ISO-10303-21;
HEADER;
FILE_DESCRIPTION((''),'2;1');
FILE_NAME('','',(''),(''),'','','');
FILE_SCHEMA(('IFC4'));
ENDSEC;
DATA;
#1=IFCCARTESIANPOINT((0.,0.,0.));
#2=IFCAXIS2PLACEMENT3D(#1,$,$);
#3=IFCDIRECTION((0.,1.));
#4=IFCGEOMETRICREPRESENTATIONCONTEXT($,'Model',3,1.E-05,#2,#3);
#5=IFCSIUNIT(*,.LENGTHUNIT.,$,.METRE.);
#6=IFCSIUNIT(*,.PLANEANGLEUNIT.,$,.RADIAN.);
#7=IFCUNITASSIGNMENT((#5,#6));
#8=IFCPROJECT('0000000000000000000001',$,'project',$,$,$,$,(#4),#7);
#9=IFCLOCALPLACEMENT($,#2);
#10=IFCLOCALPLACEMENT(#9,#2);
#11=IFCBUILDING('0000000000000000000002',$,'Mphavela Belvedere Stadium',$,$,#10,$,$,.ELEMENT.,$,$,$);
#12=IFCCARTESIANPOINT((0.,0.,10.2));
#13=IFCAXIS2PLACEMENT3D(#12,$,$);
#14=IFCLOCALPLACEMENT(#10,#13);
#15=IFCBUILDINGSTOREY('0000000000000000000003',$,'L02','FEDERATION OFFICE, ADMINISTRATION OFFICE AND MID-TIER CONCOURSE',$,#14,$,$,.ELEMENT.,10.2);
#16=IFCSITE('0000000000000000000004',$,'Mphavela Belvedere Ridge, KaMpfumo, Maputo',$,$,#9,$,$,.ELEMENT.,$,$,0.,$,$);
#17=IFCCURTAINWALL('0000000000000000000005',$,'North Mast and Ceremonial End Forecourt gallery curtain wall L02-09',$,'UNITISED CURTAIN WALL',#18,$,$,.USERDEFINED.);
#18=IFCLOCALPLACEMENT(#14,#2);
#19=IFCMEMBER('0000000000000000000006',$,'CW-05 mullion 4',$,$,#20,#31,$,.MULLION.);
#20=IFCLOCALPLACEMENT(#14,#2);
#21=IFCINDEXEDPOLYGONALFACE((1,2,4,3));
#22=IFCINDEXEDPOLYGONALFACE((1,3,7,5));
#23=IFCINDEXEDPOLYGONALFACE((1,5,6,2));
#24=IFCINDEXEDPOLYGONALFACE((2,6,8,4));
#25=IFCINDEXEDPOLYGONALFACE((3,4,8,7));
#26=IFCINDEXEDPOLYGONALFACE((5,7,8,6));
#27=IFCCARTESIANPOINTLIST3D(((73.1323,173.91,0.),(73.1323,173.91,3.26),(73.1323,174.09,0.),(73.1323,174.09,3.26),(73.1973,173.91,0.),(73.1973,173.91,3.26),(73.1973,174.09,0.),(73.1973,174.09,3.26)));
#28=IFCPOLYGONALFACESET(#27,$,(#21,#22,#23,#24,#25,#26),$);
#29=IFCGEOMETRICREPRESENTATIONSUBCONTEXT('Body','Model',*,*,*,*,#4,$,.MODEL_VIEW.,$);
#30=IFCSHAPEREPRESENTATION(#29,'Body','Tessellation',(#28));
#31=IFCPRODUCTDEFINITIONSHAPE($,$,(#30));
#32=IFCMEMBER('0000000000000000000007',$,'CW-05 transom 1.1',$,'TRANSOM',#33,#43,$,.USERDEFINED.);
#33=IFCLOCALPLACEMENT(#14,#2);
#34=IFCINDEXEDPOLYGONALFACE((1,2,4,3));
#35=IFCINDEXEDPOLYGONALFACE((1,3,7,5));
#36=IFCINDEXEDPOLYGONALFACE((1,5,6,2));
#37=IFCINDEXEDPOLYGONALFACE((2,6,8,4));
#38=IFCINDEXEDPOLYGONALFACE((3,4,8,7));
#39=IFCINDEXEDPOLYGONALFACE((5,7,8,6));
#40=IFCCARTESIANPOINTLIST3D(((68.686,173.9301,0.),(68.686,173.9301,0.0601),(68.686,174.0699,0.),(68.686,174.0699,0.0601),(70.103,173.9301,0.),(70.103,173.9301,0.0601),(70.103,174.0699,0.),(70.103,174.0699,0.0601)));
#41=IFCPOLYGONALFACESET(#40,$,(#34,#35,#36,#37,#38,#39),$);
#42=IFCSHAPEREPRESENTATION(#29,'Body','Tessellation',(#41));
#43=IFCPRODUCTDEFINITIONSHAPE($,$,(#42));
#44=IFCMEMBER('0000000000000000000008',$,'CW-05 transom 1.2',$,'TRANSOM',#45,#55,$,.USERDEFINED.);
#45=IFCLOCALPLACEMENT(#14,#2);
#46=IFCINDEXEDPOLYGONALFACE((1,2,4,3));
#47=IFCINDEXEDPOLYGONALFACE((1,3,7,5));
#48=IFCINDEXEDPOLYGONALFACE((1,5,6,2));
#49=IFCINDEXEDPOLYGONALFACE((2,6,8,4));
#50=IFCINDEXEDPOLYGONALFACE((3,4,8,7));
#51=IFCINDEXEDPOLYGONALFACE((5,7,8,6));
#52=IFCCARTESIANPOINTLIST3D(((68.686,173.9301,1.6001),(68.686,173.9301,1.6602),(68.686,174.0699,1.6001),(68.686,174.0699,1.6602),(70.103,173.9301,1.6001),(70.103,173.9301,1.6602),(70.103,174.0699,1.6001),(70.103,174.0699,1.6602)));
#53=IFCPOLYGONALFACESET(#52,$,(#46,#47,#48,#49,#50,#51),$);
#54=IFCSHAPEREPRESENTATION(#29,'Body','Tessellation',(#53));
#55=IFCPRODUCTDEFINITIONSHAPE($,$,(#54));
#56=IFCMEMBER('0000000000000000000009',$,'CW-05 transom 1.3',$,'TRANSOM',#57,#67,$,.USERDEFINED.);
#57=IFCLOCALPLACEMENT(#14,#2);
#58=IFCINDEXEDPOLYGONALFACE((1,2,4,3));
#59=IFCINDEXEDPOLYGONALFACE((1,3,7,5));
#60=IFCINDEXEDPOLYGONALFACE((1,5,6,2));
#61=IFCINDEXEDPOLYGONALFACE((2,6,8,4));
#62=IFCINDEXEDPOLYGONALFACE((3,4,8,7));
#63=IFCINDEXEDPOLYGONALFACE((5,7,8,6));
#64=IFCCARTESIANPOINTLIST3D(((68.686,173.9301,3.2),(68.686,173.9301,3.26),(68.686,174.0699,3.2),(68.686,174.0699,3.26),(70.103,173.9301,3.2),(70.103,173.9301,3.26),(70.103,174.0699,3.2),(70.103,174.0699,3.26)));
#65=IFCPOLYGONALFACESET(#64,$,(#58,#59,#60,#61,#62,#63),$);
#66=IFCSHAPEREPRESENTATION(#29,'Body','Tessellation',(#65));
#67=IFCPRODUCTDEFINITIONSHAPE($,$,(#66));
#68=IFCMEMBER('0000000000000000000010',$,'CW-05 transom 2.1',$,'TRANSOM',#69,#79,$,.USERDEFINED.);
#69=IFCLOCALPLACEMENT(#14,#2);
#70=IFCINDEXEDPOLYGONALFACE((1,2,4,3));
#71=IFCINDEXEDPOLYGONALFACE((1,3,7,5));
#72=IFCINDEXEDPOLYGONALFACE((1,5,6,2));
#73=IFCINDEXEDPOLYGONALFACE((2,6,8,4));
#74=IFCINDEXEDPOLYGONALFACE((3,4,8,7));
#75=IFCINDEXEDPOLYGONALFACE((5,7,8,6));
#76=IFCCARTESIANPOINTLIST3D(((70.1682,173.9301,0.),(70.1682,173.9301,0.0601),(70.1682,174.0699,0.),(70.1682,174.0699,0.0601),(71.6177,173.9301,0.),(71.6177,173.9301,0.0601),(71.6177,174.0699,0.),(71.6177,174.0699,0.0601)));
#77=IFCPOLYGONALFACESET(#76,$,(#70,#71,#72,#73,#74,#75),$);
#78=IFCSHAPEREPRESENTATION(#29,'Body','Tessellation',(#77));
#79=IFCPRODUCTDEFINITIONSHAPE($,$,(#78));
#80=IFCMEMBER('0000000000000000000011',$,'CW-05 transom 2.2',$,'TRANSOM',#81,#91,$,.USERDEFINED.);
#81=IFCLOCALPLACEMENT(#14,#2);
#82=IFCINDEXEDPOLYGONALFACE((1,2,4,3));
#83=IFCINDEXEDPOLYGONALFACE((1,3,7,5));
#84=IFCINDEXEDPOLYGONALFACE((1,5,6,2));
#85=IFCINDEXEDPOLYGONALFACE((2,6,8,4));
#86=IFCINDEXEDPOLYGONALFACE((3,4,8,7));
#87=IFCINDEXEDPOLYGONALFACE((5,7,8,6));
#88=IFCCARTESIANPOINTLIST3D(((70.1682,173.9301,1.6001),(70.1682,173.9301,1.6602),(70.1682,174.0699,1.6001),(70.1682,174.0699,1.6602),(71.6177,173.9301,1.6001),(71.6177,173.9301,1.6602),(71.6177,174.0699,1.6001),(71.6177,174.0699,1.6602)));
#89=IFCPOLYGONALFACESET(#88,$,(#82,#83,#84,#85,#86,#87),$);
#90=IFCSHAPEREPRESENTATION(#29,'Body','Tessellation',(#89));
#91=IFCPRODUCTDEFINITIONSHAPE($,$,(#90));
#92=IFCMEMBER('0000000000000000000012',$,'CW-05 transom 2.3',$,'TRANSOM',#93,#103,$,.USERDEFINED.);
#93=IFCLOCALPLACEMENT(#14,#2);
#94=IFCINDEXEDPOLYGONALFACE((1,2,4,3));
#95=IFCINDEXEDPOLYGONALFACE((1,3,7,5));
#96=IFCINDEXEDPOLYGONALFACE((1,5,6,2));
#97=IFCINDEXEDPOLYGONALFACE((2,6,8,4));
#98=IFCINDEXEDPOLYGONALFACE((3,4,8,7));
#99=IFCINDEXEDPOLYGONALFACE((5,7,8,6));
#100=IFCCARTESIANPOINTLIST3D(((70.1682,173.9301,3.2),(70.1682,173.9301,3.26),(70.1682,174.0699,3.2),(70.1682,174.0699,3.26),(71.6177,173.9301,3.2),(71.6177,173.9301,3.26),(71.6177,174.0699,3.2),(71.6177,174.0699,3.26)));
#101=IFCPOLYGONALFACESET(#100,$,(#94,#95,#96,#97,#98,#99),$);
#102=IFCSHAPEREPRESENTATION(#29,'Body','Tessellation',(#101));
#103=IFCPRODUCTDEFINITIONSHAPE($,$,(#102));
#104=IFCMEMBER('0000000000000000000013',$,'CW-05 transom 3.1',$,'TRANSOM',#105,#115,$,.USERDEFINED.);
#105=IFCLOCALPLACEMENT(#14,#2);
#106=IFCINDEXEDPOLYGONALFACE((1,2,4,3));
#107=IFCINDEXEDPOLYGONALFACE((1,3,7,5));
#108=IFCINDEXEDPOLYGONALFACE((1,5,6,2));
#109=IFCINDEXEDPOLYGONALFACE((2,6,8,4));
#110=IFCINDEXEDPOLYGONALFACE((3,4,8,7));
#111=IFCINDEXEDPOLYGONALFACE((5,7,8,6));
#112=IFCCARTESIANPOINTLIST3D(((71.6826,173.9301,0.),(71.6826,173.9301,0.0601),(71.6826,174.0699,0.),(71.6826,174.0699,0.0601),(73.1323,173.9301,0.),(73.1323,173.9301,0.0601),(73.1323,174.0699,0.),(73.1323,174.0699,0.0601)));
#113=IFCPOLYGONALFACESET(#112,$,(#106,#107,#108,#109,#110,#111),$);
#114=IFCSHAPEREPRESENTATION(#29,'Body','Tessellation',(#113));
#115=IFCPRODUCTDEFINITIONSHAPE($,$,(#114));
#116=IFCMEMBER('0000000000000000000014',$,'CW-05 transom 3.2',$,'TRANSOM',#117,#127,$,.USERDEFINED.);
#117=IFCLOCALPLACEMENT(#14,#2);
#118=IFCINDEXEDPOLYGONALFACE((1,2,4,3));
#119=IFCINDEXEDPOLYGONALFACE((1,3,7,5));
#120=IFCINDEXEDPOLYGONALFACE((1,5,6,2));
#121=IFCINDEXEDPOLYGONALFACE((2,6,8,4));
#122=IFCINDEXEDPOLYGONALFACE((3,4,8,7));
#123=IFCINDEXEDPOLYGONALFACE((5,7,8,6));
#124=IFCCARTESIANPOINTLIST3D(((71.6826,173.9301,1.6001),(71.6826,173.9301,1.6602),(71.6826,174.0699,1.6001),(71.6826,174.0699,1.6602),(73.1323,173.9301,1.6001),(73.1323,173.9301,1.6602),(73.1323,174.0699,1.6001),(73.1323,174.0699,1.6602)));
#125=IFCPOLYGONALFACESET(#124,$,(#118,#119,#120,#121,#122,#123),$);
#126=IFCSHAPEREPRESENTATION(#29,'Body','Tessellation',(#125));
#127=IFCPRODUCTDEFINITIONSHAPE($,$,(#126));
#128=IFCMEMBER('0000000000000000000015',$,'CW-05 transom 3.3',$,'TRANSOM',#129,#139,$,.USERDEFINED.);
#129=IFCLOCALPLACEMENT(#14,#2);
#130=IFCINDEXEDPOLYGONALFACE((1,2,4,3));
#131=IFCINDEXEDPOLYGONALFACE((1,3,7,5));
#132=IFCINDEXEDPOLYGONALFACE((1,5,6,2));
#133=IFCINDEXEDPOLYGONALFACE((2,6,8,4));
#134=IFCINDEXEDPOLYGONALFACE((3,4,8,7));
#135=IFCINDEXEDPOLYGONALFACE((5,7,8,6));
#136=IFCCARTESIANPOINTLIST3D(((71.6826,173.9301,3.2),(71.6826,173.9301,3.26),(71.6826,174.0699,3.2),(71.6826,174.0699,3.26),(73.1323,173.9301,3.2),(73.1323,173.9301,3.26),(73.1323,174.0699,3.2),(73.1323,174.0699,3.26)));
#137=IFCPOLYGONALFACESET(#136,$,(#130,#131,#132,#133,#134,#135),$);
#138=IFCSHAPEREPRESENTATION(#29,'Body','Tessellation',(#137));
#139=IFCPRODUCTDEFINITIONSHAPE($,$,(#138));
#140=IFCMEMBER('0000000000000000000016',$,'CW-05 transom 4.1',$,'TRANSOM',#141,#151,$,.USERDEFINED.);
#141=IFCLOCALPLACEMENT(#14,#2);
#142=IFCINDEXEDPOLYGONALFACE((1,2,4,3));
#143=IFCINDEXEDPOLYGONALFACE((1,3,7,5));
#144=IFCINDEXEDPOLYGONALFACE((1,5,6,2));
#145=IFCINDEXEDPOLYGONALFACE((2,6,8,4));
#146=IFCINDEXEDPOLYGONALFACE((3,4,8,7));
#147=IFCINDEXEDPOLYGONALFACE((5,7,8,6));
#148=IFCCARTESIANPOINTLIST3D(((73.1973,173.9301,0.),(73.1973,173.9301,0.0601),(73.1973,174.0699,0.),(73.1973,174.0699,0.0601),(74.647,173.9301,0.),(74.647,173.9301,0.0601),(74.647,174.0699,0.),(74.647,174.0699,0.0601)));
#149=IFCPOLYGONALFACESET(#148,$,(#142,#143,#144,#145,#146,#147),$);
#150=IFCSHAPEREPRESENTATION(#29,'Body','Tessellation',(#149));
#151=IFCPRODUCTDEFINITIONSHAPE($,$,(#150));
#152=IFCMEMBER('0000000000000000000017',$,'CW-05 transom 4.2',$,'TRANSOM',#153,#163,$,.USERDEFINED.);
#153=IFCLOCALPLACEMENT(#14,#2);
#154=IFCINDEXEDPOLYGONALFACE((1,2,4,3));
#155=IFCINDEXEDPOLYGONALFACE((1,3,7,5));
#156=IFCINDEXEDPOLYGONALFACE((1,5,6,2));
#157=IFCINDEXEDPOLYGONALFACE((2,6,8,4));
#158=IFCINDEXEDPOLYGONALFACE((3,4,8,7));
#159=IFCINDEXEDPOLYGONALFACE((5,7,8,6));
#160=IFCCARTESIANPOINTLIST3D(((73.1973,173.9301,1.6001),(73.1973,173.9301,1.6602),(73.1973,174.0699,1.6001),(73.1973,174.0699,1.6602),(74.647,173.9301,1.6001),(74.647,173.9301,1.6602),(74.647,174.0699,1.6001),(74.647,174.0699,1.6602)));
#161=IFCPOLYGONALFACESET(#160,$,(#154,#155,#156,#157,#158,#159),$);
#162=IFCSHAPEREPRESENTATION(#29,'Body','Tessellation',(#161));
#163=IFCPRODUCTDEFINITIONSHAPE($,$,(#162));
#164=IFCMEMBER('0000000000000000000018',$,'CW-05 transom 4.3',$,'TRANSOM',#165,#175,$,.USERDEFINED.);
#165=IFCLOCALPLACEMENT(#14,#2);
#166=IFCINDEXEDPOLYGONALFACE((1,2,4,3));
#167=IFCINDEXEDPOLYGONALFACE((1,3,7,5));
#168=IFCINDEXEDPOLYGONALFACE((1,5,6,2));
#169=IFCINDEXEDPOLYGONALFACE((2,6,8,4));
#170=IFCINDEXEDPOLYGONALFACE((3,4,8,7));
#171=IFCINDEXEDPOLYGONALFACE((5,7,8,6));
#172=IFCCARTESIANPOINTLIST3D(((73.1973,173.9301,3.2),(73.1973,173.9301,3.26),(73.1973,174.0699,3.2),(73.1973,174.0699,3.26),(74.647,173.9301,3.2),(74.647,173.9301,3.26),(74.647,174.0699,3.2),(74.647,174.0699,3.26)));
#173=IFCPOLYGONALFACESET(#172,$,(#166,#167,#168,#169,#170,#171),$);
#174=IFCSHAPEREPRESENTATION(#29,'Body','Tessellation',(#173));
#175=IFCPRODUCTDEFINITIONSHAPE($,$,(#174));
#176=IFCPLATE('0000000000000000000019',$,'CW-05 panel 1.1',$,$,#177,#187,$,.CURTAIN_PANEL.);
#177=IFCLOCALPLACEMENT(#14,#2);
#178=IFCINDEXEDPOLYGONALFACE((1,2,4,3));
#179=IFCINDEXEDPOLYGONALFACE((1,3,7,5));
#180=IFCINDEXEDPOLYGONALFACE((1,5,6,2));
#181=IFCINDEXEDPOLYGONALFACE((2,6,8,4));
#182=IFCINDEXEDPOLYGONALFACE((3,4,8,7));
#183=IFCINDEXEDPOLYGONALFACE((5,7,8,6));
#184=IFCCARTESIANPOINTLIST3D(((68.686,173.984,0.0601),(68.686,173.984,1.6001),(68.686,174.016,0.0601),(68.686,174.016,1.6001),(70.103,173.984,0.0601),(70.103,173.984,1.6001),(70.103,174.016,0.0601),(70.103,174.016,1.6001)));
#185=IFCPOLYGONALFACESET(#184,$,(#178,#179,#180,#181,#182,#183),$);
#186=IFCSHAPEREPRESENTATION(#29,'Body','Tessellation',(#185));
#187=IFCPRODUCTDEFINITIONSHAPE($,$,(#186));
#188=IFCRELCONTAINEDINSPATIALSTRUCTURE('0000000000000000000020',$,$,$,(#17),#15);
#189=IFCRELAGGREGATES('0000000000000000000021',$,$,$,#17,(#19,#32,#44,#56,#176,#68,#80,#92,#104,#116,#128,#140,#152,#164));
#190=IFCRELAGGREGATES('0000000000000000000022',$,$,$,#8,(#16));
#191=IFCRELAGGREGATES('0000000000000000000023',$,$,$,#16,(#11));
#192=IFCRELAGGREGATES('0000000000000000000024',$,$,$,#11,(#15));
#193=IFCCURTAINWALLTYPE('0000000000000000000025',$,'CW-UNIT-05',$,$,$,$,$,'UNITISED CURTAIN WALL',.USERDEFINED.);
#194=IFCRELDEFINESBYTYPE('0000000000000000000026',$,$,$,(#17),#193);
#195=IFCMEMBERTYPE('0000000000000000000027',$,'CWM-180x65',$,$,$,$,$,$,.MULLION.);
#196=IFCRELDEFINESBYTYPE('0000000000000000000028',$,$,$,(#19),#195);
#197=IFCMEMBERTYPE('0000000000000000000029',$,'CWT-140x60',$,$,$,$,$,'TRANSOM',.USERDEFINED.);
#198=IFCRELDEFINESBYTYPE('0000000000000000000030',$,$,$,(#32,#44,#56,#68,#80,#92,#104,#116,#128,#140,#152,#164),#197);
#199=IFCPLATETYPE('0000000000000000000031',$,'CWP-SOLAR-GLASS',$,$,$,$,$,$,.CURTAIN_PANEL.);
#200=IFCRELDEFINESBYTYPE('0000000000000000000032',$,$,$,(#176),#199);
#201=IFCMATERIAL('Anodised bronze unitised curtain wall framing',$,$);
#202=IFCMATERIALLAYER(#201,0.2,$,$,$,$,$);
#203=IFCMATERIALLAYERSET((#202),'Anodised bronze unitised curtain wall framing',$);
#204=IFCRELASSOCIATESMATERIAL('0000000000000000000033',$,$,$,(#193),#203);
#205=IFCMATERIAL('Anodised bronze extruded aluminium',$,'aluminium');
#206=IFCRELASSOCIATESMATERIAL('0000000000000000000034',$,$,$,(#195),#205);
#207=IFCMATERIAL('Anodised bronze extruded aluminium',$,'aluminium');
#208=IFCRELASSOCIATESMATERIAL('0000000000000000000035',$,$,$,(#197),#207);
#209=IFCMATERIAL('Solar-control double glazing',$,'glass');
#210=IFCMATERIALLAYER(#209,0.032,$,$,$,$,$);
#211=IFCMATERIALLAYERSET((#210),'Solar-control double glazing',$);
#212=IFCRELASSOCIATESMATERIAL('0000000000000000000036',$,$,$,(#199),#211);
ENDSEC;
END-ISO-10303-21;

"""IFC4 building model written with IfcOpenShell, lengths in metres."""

from ifc_helpers import new_model, si_unit, direction, frame, origin, origin_2d, place, context, subcontext, project, spatial, rectangle, extrude, material, layer, layer_set, material_profile, profile_set, type_object, element, aggregate, save


model = new_model("IFC4")

# Units and contexts
model_context = context("Model", 3, precision=1e-05, world=origin(), true_north=direction((0.0, 1.0)))
body_context = subcontext(model_context, "Body", "Model", "MODEL_VIEW")
ifc_project = project(units=[si_unit("LENGTHUNIT", "METRE"), si_unit("PLANEANGLEUNIT", "RADIAN")], contexts=[model_context])

# Site, building, storey
site_placement = place(None, origin())
site = spatial("IfcSite", under=ifc_project, at=site_placement, Name="Mphavela Belvedere Ridge, KaMpfumo, Maputo", CompositionType="ELEMENT", RefElevation=0.0)
building_placement = place(site_placement, origin())
building = spatial("IfcBuilding", under=site, at=building_placement, Name="Mphavela Belvedere Stadium", CompositionType="ELEMENT")
storey_placement = place(building_placement, frame((0.0, 0.0, 10.2)))
storey = spatial("IfcBuildingStorey", under=building, at=storey_placement, Name="L02", Description="FEDERATION OFFICE, ADMINISTRATION OFFICE AND MID-TIER CONCOURSE", CompositionType="ELEMENT", Elevation=10.2)

# Curtain wall, members, plate
ifc_material_1 = material(Name="Anodised bronze unitised curtain wall framing")
ifc_layer_1 = layer(ifc_material_1, 0.2)
ifc_layer_set_1 = layer_set([ifc_layer_1], Name="Anodised bronze unitised curtain wall framing")
curtain_wall_type = type_object("IfcCurtainWallType", Name="CW-UNIT-05", ElementType="UNITISED CURTAIN WALL", PredefinedType="USERDEFINED", material=ifc_layer_set_1)
curtain_wall_placement = place(storey_placement, origin())
curtain_wall = element("IfcCurtainWall", 1, at=curtain_wall_placement, inside=storey, type_object=curtain_wall_type, Name="North Mast and Ceremonial End Forecourt gallery curtain wall L02-09", ObjectType="UNITISED CURTAIN WALL", PredefinedType="USERDEFINED")
ifc_material_2 = material(Name="Anodised bronze extruded aluminium", Category="aluminium")
ifc_material_profile_1 = material_profile(ifc_material_2, rectangle(XDim=0.1799, YDim=0.0649, at=origin_2d()), Name="CW-MUL 180x65")
ifc_profile_set_1 = profile_set([ifc_material_profile_1], Name="Anodised bronze extruded aluminium")
member_type_1 = type_object("IfcMemberType", Name="CWM-180x65", PredefinedType="MULLION", material=ifc_profile_set_1)
member_1_placement = place(storey_placement, frame((73.1648, 174.0, 0.0), z_axis=(0.0, 0.0, 1.0), x_axis=(0.0, 1.0, 0.0)))
member_1 = element("IfcMember", 2, at=member_1_placement, type_object=member_type_1, Name="CW-05 mullion 4", PredefinedType="MULLION", context=body_context, shape_type="SweptSolid", body=[
    extrude(rectangle(XDim=0.1799, YDim=0.0649, at=origin_2d()), origin(), (0.0, 0.0, 1.0), 3.26),
])
ifc_material_3 = material(Name="Anodised bronze extruded aluminium", Category="aluminium")
ifc_material_profile_2 = material_profile(ifc_material_3, rectangle(XDim=0.1399, YDim=0.0601, at=origin_2d()), Name="CW-TRN 140x60")
ifc_profile_set_2 = profile_set([ifc_material_profile_2], Name="Anodised bronze extruded aluminium")
member_type_2 = type_object("IfcMemberType", Name="CWT-140x60", ElementType="TRANSOM", PredefinedType="USERDEFINED", material=ifc_profile_set_2)
member_2_placement = place(storey_placement, frame((68.686, 174.0, 0.03), z_axis=(1.0, 0.0, 0.0), x_axis=(0.0, 1.0, 0.0)))
member_2 = element("IfcMember", 3, at=member_2_placement, type_object=member_type_2, Name="CW-05 transom 1.1", ObjectType="TRANSOM", PredefinedType="USERDEFINED", context=body_context, shape_type="SweptSolid", body=[
    extrude(rectangle(XDim=0.1399, YDim=0.0601, at=origin_2d()), origin(), (0.0, 0.0, 1.0), 1.417),
])
member_3_placement = place(storey_placement, frame((68.686, 174.0, 1.6301), z_axis=(1.0, 0.0, 0.0), x_axis=(0.0, 1.0, 0.0)))
member_3 = element("IfcMember", 4, at=member_3_placement, type_object=member_type_2, Name="CW-05 transom 1.2", ObjectType="TRANSOM", PredefinedType="USERDEFINED", context=body_context, shape_type="SweptSolid", body=[
    extrude(rectangle(XDim=0.1399, YDim=0.0601, at=origin_2d()), origin(), (0.0, 0.0, 1.0), 1.417),
])
member_4_placement = place(storey_placement, frame((68.686, 174.0, 3.23), z_axis=(1.0, 0.0, 0.0), x_axis=(0.0, 1.0, 0.0)))
member_4 = element("IfcMember", 5, at=member_4_placement, type_object=member_type_2, Name="CW-05 transom 1.3", ObjectType="TRANSOM", PredefinedType="USERDEFINED", context=body_context, shape_type="SweptSolid", body=[
    extrude(rectangle(XDim=0.1399, YDim=0.0601, at=origin_2d()), origin(), (0.0, 0.0, 1.0), 1.417),
])
member_5_placement = place(storey_placement, frame((70.1682, 174.0, 0.03), z_axis=(1.0, 0.0, 0.0), x_axis=(0.0, 1.0, 0.0)))
member_5 = element("IfcMember", 6, at=member_5_placement, type_object=member_type_2, Name="CW-05 transom 2.1", ObjectType="TRANSOM", PredefinedType="USERDEFINED", context=body_context, shape_type="SweptSolid", body=[
    extrude(rectangle(XDim=0.1399, YDim=0.0601, at=origin_2d()), origin(), (0.0, 0.0, 1.0), 1.4495),
])
member_6_placement = place(storey_placement, frame((70.1682, 174.0, 1.6301), z_axis=(1.0, 0.0, 0.0), x_axis=(0.0, 1.0, 0.0)))
member_6 = element("IfcMember", 7, at=member_6_placement, type_object=member_type_2, Name="CW-05 transom 2.2", ObjectType="TRANSOM", PredefinedType="USERDEFINED", context=body_context, shape_type="SweptSolid", body=[
    extrude(rectangle(XDim=0.1399, YDim=0.0601, at=origin_2d()), origin(), (0.0, 0.0, 1.0), 1.4495),
])
member_7_placement = place(storey_placement, frame((70.1682, 174.0, 3.23), z_axis=(1.0, 0.0, 0.0), x_axis=(0.0, 1.0, 0.0)))
member_7 = element("IfcMember", 8, at=member_7_placement, type_object=member_type_2, Name="CW-05 transom 2.3", ObjectType="TRANSOM", PredefinedType="USERDEFINED", context=body_context, shape_type="SweptSolid", body=[
    extrude(rectangle(XDim=0.1399, YDim=0.0601, at=origin_2d()), origin(), (0.0, 0.0, 1.0), 1.4495),
])
member_8_placement = place(storey_placement, frame((71.6826, 174.0, 0.03), z_axis=(1.0, 0.0, 0.0), x_axis=(0.0, 1.0, 0.0)))
member_8 = element("IfcMember", 9, at=member_8_placement, type_object=member_type_2, Name="CW-05 transom 3.1", ObjectType="TRANSOM", PredefinedType="USERDEFINED", context=body_context, shape_type="SweptSolid", body=[
    extrude(rectangle(XDim=0.1399, YDim=0.0601, at=origin_2d()), origin(), (0.0, 0.0, 1.0), 1.4497),
])
member_9_placement = place(storey_placement, frame((71.6826, 174.0, 1.6301), z_axis=(1.0, 0.0, 0.0), x_axis=(0.0, 1.0, 0.0)))
member_9 = element("IfcMember", 10, at=member_9_placement, type_object=member_type_2, Name="CW-05 transom 3.2", ObjectType="TRANSOM", PredefinedType="USERDEFINED", context=body_context, shape_type="SweptSolid", body=[
    extrude(rectangle(XDim=0.1399, YDim=0.0601, at=origin_2d()), origin(), (0.0, 0.0, 1.0), 1.4497),
])
member_10_placement = place(storey_placement, frame((71.6826, 174.0, 3.23), z_axis=(1.0, 0.0, 0.0), x_axis=(0.0, 1.0, 0.0)))
member_10 = element("IfcMember", 11, at=member_10_placement, type_object=member_type_2, Name="CW-05 transom 3.3", ObjectType="TRANSOM", PredefinedType="USERDEFINED", context=body_context, shape_type="SweptSolid", body=[
    extrude(rectangle(XDim=0.1399, YDim=0.0601, at=origin_2d()), origin(), (0.0, 0.0, 1.0), 1.4497),
])
member_11_placement = place(storey_placement, frame((73.1973, 174.0, 0.03), z_axis=(1.0, 0.0, 0.0), x_axis=(0.0, 1.0, 0.0)))
member_11 = element("IfcMember", 12, at=member_11_placement, type_object=member_type_2, Name="CW-05 transom 4.1", ObjectType="TRANSOM", PredefinedType="USERDEFINED", context=body_context, shape_type="SweptSolid", body=[
    extrude(rectangle(XDim=0.1399, YDim=0.0601, at=origin_2d()), origin(), (0.0, 0.0, 1.0), 1.4497),
])
member_12_placement = place(storey_placement, frame((73.1973, 174.0, 1.6301), z_axis=(1.0, 0.0, 0.0), x_axis=(0.0, 1.0, 0.0)))
member_12 = element("IfcMember", 13, at=member_12_placement, type_object=member_type_2, Name="CW-05 transom 4.2", ObjectType="TRANSOM", PredefinedType="USERDEFINED", context=body_context, shape_type="SweptSolid", body=[
    extrude(rectangle(XDim=0.1399, YDim=0.0601, at=origin_2d()), origin(), (0.0, 0.0, 1.0), 1.4497),
])
member_13_placement = place(storey_placement, frame((73.1973, 174.0, 3.23), z_axis=(1.0, 0.0, 0.0), x_axis=(0.0, 1.0, 0.0)))
member_13 = element("IfcMember", 14, at=member_13_placement, type_object=member_type_2, Name="CW-05 transom 4.3", ObjectType="TRANSOM", PredefinedType="USERDEFINED", context=body_context, shape_type="SweptSolid", body=[
    extrude(rectangle(XDim=0.1399, YDim=0.0601, at=origin_2d()), origin(), (0.0, 0.0, 1.0), 1.4497),
])
ifc_material_4 = material(Name="Solar-control double glazing", Category="glass")
ifc_layer_2 = layer(ifc_material_4, 0.032)
ifc_layer_set_2 = layer_set([ifc_layer_2], Name="Solar-control double glazing")
plate_type = type_object("IfcPlateType", Name="CWP-SOLAR-GLASS", PredefinedType="CURTAIN_PANEL", material=ifc_layer_set_2)
plate_1_placement = place(storey_placement, frame((69.3945, 174.0, 0.0601), z_axis=(0.0, 0.0, 1.0), x_axis=(1.0, 0.0, 0.0)))
plate_1 = element("IfcPlate", 15, at=plate_1_placement, type_object=plate_type, Name="CW-05 panel 1.1", PredefinedType="CURTAIN_PANEL", context=body_context, shape_type="SweptSolid", body=[
    extrude(rectangle(XDim=1.417, YDim=0.032, at=origin_2d()), origin(), (0.0, 0.0, 1.0), 1.54),
])
aggregate(curtain_wall, [member_1, member_2, member_3, member_4, plate_1, member_5, member_6, member_7, member_8, member_9, member_10, member_11, member_12, member_13])

save(model, "model.ifc")
